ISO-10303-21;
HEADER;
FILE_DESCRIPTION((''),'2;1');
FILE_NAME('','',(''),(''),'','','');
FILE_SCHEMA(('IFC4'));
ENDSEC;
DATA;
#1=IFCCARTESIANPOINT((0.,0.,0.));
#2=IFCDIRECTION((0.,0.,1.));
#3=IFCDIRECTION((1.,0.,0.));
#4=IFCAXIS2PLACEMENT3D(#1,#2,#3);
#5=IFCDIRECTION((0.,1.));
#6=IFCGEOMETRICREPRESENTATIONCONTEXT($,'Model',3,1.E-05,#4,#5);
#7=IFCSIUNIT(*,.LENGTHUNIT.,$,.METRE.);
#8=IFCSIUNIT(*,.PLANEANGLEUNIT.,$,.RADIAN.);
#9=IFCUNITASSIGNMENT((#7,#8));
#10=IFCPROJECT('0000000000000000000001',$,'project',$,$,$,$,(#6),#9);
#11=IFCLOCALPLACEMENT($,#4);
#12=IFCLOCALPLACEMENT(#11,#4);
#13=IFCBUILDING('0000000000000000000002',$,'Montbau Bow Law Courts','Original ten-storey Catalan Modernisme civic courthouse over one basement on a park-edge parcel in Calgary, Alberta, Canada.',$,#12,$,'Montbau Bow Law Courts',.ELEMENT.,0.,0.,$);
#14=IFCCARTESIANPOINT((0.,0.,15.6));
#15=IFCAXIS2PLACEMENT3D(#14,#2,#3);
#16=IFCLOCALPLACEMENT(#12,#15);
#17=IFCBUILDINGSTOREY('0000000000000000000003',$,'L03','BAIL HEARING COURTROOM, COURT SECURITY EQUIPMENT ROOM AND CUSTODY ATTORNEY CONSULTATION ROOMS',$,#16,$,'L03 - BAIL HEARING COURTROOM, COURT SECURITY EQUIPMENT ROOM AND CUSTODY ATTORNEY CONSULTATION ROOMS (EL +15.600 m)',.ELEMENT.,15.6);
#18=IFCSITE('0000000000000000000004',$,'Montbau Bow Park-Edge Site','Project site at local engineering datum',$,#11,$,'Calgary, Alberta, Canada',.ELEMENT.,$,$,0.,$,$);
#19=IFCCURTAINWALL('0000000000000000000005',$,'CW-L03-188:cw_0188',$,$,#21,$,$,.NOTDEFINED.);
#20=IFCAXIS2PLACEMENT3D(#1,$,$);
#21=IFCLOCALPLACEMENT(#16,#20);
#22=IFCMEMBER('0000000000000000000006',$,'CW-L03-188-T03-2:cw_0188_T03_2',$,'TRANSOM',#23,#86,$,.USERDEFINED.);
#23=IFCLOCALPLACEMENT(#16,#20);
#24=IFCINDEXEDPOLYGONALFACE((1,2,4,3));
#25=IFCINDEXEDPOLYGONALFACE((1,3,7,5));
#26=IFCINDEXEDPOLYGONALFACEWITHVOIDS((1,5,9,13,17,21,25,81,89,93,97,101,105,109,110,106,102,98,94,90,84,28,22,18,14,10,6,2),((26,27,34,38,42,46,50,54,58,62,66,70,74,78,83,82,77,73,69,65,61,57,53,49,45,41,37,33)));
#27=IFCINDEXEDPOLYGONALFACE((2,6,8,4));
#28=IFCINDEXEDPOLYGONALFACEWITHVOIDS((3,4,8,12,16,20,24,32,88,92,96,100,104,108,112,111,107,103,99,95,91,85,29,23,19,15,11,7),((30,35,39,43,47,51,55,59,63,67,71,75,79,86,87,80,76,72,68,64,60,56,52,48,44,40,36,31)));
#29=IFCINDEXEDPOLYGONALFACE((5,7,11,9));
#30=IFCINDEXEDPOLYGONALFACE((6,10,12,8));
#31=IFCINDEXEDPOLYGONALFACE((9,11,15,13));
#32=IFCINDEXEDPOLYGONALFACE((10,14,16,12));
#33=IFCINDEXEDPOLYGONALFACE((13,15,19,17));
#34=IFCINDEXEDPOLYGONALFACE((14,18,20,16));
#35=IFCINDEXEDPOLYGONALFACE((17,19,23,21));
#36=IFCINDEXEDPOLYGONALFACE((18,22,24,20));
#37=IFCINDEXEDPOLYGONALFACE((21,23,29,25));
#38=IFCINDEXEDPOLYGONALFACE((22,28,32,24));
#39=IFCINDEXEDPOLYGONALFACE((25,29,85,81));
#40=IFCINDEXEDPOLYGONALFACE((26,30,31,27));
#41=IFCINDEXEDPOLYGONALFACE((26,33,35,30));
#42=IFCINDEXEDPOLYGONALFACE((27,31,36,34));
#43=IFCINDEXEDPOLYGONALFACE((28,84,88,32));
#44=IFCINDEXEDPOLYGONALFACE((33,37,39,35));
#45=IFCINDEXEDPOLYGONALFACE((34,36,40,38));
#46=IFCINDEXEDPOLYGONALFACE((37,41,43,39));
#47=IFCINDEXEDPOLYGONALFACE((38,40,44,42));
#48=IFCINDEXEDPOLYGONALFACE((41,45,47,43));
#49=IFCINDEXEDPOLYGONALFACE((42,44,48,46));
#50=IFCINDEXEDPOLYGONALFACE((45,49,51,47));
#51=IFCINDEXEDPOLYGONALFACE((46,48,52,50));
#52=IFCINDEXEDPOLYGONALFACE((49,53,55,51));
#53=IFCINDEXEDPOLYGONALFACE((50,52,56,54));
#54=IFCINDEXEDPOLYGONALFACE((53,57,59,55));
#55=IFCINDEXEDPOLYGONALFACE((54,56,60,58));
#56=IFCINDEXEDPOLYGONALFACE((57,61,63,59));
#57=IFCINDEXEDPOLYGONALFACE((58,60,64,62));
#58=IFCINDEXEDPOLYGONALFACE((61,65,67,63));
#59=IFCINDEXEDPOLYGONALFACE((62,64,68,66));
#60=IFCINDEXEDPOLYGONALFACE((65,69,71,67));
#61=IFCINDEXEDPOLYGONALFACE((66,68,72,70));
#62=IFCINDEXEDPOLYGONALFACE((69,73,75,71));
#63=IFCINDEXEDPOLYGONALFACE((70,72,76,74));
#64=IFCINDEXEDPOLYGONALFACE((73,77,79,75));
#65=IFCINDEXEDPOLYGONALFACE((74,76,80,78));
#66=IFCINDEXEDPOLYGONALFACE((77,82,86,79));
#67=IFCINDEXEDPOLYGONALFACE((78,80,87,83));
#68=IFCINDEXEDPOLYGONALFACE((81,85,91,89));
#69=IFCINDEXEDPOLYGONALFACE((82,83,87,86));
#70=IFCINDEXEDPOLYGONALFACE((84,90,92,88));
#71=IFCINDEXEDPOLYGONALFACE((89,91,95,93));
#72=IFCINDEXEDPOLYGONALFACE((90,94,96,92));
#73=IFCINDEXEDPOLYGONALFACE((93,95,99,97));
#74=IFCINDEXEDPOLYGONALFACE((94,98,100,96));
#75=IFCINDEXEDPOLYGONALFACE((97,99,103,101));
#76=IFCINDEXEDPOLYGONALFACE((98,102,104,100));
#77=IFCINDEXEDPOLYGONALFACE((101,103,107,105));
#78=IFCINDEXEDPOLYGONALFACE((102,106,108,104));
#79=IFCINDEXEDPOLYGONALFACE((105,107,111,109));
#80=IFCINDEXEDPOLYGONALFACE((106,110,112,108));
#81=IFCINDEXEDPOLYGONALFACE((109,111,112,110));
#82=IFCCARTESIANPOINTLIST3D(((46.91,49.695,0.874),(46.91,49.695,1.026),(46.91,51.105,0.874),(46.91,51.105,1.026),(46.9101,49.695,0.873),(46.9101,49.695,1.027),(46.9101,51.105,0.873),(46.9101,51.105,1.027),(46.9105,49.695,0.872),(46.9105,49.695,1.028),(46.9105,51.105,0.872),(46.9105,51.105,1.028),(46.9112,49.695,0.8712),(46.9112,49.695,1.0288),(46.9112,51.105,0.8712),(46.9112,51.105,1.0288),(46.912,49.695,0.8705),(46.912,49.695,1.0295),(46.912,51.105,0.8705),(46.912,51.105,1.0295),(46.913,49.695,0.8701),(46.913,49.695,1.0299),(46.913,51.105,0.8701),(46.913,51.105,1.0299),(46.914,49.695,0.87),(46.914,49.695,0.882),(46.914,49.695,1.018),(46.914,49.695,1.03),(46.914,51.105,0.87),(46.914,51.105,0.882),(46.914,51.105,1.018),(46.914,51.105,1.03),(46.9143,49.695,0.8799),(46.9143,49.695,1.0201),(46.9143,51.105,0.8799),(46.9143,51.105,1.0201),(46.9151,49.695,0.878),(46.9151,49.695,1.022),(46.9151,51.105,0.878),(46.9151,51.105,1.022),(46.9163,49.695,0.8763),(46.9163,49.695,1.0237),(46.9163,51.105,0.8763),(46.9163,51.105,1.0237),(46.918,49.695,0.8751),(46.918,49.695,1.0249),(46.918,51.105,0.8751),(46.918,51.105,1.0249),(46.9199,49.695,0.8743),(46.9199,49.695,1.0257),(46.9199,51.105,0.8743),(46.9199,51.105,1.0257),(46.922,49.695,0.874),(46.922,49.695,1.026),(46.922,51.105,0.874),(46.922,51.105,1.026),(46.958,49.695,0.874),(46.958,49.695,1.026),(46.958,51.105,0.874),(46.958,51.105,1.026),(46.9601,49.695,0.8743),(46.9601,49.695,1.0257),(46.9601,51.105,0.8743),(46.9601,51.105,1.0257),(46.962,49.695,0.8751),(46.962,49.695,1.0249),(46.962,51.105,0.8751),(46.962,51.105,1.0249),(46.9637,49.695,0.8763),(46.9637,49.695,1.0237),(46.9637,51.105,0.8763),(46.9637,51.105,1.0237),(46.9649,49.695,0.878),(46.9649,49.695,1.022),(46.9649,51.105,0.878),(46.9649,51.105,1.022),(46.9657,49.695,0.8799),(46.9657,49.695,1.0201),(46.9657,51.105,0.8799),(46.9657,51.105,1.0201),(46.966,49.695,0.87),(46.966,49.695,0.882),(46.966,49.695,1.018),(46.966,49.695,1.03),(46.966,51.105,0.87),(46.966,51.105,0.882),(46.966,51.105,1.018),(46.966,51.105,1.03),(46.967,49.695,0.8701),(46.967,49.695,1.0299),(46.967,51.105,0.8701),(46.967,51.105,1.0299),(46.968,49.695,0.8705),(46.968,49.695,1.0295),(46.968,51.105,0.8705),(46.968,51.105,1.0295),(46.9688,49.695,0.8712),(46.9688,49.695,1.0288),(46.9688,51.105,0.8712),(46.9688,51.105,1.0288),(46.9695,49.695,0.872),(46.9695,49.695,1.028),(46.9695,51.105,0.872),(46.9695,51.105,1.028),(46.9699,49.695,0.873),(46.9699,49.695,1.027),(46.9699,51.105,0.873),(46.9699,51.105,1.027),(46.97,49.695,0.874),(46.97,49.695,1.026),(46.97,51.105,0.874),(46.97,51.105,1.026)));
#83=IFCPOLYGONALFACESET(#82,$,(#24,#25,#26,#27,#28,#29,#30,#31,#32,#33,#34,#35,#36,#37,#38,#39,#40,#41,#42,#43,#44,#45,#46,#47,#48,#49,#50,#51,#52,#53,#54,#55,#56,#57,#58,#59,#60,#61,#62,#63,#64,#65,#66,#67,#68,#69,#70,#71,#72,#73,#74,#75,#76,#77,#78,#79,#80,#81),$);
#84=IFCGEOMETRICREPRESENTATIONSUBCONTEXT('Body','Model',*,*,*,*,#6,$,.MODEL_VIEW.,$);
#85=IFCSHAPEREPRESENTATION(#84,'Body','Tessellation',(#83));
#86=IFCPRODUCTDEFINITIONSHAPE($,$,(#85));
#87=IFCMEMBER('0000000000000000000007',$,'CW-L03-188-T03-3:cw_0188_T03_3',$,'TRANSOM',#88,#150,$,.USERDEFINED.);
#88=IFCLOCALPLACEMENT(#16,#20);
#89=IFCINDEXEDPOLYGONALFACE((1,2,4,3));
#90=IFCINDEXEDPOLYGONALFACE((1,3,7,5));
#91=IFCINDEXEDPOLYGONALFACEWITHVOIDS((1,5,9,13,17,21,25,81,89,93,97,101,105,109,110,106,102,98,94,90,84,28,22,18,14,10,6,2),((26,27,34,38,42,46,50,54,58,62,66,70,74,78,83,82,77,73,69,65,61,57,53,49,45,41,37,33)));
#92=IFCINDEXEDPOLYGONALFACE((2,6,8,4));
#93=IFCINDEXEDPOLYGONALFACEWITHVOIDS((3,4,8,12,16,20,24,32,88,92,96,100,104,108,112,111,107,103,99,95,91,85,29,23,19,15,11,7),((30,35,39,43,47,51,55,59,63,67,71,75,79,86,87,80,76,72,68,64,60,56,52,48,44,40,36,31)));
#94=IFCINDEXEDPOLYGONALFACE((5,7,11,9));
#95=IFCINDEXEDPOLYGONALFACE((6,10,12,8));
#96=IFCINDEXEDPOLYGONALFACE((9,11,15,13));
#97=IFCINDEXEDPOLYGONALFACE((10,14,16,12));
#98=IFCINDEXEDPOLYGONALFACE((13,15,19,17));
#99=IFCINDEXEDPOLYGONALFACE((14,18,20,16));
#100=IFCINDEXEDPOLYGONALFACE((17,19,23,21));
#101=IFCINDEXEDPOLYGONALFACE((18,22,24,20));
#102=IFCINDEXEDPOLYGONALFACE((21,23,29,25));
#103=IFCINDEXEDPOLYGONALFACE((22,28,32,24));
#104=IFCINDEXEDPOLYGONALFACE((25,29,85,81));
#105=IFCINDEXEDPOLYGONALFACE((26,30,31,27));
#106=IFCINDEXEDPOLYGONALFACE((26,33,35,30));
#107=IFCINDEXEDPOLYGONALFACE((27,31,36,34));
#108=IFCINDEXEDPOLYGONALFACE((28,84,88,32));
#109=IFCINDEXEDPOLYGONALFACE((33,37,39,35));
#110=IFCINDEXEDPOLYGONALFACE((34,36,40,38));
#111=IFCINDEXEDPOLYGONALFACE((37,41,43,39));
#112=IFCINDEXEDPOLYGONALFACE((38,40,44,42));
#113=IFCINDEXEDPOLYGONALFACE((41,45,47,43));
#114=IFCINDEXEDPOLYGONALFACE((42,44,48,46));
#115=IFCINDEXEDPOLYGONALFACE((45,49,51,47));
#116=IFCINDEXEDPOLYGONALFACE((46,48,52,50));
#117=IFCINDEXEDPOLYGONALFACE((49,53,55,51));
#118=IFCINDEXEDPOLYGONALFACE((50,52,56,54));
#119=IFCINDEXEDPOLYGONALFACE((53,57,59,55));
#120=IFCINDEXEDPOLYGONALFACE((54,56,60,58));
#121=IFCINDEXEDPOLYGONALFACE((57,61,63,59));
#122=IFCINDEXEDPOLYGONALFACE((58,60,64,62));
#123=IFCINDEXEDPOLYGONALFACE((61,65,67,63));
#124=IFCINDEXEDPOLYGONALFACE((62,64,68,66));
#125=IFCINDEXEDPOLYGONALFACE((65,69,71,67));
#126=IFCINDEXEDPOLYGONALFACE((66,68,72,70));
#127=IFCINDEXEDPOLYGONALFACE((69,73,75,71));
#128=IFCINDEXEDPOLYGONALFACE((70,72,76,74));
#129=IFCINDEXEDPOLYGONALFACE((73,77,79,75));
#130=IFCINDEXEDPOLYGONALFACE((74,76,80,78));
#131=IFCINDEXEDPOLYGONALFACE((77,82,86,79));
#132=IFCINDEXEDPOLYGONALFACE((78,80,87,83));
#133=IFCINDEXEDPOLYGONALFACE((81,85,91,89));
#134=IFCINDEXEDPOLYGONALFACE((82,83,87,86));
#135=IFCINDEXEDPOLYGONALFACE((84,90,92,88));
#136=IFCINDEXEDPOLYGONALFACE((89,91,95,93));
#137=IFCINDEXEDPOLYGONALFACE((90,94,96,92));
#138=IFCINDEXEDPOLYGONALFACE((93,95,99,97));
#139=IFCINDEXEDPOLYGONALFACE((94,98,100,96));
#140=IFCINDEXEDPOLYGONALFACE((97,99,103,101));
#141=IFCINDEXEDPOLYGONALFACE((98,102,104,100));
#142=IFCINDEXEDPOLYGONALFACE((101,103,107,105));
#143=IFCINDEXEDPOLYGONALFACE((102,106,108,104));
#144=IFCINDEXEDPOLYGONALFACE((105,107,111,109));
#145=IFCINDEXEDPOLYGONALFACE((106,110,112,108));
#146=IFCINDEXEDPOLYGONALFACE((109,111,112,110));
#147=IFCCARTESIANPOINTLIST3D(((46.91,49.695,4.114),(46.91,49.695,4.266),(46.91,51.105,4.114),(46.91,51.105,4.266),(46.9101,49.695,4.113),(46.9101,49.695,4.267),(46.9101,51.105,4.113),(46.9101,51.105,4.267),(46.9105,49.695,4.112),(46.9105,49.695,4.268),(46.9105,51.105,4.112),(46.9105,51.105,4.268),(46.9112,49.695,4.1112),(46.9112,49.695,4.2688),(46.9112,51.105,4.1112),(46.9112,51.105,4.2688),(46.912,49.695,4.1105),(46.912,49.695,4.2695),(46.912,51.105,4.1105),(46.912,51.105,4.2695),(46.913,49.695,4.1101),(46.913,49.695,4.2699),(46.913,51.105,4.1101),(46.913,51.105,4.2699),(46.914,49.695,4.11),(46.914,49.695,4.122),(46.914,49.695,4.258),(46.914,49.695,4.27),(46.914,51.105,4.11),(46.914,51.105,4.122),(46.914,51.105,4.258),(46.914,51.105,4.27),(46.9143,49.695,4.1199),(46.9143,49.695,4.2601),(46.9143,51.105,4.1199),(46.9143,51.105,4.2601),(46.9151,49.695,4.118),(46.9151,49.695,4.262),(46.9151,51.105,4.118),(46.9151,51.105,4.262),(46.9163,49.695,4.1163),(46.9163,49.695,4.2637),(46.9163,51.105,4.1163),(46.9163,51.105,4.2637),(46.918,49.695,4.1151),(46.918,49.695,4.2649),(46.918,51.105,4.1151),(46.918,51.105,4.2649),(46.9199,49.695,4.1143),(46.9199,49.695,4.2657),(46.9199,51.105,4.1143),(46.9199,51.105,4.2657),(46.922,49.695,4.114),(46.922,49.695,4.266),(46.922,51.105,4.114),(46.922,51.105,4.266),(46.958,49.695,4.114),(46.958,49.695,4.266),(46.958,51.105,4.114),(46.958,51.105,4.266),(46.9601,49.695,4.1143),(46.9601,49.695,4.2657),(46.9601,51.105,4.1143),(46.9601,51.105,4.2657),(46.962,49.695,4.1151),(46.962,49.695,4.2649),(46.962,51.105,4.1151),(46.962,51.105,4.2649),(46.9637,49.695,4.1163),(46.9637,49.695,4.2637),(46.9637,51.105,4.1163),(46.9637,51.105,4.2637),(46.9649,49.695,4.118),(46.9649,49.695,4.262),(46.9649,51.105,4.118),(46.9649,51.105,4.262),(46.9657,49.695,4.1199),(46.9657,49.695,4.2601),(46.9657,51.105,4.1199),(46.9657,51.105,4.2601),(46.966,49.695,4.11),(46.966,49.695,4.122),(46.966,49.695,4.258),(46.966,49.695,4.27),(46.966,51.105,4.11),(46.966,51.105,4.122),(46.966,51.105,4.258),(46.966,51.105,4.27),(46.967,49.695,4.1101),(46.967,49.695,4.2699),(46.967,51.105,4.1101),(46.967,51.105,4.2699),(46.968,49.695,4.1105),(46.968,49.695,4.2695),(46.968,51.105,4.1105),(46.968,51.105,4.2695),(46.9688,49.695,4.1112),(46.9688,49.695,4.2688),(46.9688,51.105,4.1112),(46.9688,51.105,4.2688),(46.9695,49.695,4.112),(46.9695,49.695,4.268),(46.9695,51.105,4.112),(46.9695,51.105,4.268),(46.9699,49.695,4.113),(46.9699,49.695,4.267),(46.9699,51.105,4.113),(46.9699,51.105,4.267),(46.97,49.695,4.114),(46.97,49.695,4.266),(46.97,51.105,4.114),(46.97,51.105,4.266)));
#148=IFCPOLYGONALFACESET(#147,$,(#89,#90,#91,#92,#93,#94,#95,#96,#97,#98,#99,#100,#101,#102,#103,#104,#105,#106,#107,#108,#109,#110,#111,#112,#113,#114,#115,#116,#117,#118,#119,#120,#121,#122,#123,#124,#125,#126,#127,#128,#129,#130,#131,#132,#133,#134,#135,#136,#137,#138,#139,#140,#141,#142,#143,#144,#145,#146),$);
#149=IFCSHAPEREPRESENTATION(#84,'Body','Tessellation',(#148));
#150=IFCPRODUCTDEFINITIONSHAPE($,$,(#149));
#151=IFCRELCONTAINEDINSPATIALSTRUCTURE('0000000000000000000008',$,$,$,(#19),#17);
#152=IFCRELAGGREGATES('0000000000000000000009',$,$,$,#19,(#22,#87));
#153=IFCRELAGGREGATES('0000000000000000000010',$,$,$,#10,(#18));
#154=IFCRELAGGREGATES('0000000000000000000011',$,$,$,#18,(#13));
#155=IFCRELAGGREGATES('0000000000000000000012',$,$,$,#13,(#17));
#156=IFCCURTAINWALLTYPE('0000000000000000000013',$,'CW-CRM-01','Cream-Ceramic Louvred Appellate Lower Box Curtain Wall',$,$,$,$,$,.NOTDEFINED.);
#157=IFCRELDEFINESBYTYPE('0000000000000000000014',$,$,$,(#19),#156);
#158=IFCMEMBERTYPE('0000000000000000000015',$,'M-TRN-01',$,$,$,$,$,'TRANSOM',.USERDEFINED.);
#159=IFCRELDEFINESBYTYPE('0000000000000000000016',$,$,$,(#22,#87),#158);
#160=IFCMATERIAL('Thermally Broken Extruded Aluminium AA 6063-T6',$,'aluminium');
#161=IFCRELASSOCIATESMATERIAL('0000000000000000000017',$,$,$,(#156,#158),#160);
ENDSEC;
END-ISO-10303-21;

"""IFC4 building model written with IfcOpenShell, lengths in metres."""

from ifc_helpers import new_model, si_unit, direction, frame, origin_with_axes, origin_2d_with_axis, place, context, subcontext, project, spatial, hollow_rectangle, extrude, material, material_profile, profile_set, type_object, element, aggregate, save


model = new_model("IFC4")

# Units and contexts
model_context = context("Model", 3, precision=1e-05, world=origin_with_axes(), true_north=direction((0.0, 1.0)))
body_context = subcontext(model_context, "Body", "Model", "MODEL_VIEW")
ifc_project = project(units=[si_unit("LENGTHUNIT", "METRE"), si_unit("PLANEANGLEUNIT", "RADIAN")], contexts=[model_context])

# Site, building, storey
site_placement = place(None, origin_with_axes())
site = spatial("IfcSite", under=ifc_project, at=site_placement, Name="Montbau Bow Park-Edge Site", Description="Project site at local engineering datum", LongName="Calgary, Alberta, Canada", CompositionType="ELEMENT", RefElevation=0.0)
building_placement = place(site_placement, origin_with_axes())
building = spatial("IfcBuilding", under=site, at=building_placement, Name="Montbau Bow Law Courts", Description="Original ten-storey Catalan Modernisme civic courthouse over one basement on a park-edge parcel in Calgary, Alberta, Canada.", LongName="Montbau Bow Law Courts", CompositionType="ELEMENT", ElevationOfRefHeight=0.0, ElevationOfTerrain=0.0)
storey_placement = place(building_placement, frame((0.0, 0.0, 15.6), z_axis=(0.0, 0.0, 1.0), x_axis=(1.0, 0.0, 0.0)))
storey = spatial("IfcBuildingStorey", under=building, at=storey_placement, Name="L03", Description="BAIL HEARING COURTROOM, COURT SECURITY EQUIPMENT ROOM AND CUSTODY ATTORNEY CONSULTATION ROOMS", LongName="L03 - BAIL HEARING COURTROOM, COURT SECURITY EQUIPMENT ROOM AND CUSTODY ATTORNEY CONSULTATION ROOMS (EL +15.600 m)", CompositionType="ELEMENT", Elevation=15.6)

# Curtain wall, members
ifc_material_1 = material(Name="Thermally Broken Extruded Aluminium AA 6063-T6", Category="aluminium")
curtain_wall_type_1 = type_object("IfcCurtainWallType", Name="CW-CRM-01", Description="Cream-Ceramic Louvred Appellate Lower Box Curtain Wall", PredefinedType="NOTDEFINED", material=ifc_material_1)
curtain_wall_1_placement = place(None, frame((46.94, 46.715, 15.6), z_axis=(0.0, 0.0, 1.0), x_axis=(1.0, 0.0, 0.0)))
curtain_wall_1 = element("IfcCurtainWall", 1, at=curtain_wall_1_placement, inside=storey, type_object=curtain_wall_type_1, Name="CW-L03-188:cw_0188", PredefinedType="NOTDEFINED")
ifc_material_profile_1 = material_profile(ifc_material_1, hollow_rectangle(XDim=0.06, YDim=0.16, WallThickness=0.004, InnerFilletRadius=0.008, OuterFilletRadius=0.004, at=origin_2d_with_axis()), Name="CWT-160X60", Category="Main", Priority=0)
ifc_profile_set_1 = profile_set([ifc_material_profile_1], Name="Thermally Broken Extruded Aluminium AA 6063-T6")
member_type_1 = type_object("IfcMemberType", Name="M-TRN-01", ElementType="TRANSOM", PredefinedType="USERDEFINED", material=ifc_profile_set_1)
member_1_placement = place(None, frame((46.94, 49.695, 16.55), z_axis=(0.0, 1.0, 0.0), x_axis=(-1.0, 0.0, 0.0)))
member_1 = element("IfcMember", 2, at=member_1_placement, type_object=member_type_1, Name="CW-L03-188-T03-2:cw_0188_T03_2", ObjectType="TRANSOM", PredefinedType="USERDEFINED", context=body_context, shape_type="SweptSolid", body=[
    extrude(hollow_rectangle(XDim=0.06, YDim=0.16, WallThickness=0.004, InnerFilletRadius=0.008, OuterFilletRadius=0.004, at=origin_2d_with_axis()), origin_with_axes(), (0.0, 0.0, 1.0), 1.41),
])
member_2_placement = place(None, frame((46.94, 49.695, 19.79), z_axis=(0.0, 1.0, 0.0), x_axis=(-1.0, 0.0, 0.0)))
member_2 = element("IfcMember", 3, at=member_2_placement, type_object=member_type_1, Name="CW-L03-188-T03-3:cw_0188_T03_3", ObjectType="TRANSOM", PredefinedType="USERDEFINED", context=body_context, shape_type="SweptSolid", body=[
    extrude(hollow_rectangle(XDim=0.06, YDim=0.16, WallThickness=0.004, InnerFilletRadius=0.008, OuterFilletRadius=0.004, at=origin_2d_with_axis()), origin_with_axes(), (0.0, 0.0, 1.0), 1.41),
])

aggregate(curtain_wall_1, [member_1, member_2])

save(model, "model.ifc")
